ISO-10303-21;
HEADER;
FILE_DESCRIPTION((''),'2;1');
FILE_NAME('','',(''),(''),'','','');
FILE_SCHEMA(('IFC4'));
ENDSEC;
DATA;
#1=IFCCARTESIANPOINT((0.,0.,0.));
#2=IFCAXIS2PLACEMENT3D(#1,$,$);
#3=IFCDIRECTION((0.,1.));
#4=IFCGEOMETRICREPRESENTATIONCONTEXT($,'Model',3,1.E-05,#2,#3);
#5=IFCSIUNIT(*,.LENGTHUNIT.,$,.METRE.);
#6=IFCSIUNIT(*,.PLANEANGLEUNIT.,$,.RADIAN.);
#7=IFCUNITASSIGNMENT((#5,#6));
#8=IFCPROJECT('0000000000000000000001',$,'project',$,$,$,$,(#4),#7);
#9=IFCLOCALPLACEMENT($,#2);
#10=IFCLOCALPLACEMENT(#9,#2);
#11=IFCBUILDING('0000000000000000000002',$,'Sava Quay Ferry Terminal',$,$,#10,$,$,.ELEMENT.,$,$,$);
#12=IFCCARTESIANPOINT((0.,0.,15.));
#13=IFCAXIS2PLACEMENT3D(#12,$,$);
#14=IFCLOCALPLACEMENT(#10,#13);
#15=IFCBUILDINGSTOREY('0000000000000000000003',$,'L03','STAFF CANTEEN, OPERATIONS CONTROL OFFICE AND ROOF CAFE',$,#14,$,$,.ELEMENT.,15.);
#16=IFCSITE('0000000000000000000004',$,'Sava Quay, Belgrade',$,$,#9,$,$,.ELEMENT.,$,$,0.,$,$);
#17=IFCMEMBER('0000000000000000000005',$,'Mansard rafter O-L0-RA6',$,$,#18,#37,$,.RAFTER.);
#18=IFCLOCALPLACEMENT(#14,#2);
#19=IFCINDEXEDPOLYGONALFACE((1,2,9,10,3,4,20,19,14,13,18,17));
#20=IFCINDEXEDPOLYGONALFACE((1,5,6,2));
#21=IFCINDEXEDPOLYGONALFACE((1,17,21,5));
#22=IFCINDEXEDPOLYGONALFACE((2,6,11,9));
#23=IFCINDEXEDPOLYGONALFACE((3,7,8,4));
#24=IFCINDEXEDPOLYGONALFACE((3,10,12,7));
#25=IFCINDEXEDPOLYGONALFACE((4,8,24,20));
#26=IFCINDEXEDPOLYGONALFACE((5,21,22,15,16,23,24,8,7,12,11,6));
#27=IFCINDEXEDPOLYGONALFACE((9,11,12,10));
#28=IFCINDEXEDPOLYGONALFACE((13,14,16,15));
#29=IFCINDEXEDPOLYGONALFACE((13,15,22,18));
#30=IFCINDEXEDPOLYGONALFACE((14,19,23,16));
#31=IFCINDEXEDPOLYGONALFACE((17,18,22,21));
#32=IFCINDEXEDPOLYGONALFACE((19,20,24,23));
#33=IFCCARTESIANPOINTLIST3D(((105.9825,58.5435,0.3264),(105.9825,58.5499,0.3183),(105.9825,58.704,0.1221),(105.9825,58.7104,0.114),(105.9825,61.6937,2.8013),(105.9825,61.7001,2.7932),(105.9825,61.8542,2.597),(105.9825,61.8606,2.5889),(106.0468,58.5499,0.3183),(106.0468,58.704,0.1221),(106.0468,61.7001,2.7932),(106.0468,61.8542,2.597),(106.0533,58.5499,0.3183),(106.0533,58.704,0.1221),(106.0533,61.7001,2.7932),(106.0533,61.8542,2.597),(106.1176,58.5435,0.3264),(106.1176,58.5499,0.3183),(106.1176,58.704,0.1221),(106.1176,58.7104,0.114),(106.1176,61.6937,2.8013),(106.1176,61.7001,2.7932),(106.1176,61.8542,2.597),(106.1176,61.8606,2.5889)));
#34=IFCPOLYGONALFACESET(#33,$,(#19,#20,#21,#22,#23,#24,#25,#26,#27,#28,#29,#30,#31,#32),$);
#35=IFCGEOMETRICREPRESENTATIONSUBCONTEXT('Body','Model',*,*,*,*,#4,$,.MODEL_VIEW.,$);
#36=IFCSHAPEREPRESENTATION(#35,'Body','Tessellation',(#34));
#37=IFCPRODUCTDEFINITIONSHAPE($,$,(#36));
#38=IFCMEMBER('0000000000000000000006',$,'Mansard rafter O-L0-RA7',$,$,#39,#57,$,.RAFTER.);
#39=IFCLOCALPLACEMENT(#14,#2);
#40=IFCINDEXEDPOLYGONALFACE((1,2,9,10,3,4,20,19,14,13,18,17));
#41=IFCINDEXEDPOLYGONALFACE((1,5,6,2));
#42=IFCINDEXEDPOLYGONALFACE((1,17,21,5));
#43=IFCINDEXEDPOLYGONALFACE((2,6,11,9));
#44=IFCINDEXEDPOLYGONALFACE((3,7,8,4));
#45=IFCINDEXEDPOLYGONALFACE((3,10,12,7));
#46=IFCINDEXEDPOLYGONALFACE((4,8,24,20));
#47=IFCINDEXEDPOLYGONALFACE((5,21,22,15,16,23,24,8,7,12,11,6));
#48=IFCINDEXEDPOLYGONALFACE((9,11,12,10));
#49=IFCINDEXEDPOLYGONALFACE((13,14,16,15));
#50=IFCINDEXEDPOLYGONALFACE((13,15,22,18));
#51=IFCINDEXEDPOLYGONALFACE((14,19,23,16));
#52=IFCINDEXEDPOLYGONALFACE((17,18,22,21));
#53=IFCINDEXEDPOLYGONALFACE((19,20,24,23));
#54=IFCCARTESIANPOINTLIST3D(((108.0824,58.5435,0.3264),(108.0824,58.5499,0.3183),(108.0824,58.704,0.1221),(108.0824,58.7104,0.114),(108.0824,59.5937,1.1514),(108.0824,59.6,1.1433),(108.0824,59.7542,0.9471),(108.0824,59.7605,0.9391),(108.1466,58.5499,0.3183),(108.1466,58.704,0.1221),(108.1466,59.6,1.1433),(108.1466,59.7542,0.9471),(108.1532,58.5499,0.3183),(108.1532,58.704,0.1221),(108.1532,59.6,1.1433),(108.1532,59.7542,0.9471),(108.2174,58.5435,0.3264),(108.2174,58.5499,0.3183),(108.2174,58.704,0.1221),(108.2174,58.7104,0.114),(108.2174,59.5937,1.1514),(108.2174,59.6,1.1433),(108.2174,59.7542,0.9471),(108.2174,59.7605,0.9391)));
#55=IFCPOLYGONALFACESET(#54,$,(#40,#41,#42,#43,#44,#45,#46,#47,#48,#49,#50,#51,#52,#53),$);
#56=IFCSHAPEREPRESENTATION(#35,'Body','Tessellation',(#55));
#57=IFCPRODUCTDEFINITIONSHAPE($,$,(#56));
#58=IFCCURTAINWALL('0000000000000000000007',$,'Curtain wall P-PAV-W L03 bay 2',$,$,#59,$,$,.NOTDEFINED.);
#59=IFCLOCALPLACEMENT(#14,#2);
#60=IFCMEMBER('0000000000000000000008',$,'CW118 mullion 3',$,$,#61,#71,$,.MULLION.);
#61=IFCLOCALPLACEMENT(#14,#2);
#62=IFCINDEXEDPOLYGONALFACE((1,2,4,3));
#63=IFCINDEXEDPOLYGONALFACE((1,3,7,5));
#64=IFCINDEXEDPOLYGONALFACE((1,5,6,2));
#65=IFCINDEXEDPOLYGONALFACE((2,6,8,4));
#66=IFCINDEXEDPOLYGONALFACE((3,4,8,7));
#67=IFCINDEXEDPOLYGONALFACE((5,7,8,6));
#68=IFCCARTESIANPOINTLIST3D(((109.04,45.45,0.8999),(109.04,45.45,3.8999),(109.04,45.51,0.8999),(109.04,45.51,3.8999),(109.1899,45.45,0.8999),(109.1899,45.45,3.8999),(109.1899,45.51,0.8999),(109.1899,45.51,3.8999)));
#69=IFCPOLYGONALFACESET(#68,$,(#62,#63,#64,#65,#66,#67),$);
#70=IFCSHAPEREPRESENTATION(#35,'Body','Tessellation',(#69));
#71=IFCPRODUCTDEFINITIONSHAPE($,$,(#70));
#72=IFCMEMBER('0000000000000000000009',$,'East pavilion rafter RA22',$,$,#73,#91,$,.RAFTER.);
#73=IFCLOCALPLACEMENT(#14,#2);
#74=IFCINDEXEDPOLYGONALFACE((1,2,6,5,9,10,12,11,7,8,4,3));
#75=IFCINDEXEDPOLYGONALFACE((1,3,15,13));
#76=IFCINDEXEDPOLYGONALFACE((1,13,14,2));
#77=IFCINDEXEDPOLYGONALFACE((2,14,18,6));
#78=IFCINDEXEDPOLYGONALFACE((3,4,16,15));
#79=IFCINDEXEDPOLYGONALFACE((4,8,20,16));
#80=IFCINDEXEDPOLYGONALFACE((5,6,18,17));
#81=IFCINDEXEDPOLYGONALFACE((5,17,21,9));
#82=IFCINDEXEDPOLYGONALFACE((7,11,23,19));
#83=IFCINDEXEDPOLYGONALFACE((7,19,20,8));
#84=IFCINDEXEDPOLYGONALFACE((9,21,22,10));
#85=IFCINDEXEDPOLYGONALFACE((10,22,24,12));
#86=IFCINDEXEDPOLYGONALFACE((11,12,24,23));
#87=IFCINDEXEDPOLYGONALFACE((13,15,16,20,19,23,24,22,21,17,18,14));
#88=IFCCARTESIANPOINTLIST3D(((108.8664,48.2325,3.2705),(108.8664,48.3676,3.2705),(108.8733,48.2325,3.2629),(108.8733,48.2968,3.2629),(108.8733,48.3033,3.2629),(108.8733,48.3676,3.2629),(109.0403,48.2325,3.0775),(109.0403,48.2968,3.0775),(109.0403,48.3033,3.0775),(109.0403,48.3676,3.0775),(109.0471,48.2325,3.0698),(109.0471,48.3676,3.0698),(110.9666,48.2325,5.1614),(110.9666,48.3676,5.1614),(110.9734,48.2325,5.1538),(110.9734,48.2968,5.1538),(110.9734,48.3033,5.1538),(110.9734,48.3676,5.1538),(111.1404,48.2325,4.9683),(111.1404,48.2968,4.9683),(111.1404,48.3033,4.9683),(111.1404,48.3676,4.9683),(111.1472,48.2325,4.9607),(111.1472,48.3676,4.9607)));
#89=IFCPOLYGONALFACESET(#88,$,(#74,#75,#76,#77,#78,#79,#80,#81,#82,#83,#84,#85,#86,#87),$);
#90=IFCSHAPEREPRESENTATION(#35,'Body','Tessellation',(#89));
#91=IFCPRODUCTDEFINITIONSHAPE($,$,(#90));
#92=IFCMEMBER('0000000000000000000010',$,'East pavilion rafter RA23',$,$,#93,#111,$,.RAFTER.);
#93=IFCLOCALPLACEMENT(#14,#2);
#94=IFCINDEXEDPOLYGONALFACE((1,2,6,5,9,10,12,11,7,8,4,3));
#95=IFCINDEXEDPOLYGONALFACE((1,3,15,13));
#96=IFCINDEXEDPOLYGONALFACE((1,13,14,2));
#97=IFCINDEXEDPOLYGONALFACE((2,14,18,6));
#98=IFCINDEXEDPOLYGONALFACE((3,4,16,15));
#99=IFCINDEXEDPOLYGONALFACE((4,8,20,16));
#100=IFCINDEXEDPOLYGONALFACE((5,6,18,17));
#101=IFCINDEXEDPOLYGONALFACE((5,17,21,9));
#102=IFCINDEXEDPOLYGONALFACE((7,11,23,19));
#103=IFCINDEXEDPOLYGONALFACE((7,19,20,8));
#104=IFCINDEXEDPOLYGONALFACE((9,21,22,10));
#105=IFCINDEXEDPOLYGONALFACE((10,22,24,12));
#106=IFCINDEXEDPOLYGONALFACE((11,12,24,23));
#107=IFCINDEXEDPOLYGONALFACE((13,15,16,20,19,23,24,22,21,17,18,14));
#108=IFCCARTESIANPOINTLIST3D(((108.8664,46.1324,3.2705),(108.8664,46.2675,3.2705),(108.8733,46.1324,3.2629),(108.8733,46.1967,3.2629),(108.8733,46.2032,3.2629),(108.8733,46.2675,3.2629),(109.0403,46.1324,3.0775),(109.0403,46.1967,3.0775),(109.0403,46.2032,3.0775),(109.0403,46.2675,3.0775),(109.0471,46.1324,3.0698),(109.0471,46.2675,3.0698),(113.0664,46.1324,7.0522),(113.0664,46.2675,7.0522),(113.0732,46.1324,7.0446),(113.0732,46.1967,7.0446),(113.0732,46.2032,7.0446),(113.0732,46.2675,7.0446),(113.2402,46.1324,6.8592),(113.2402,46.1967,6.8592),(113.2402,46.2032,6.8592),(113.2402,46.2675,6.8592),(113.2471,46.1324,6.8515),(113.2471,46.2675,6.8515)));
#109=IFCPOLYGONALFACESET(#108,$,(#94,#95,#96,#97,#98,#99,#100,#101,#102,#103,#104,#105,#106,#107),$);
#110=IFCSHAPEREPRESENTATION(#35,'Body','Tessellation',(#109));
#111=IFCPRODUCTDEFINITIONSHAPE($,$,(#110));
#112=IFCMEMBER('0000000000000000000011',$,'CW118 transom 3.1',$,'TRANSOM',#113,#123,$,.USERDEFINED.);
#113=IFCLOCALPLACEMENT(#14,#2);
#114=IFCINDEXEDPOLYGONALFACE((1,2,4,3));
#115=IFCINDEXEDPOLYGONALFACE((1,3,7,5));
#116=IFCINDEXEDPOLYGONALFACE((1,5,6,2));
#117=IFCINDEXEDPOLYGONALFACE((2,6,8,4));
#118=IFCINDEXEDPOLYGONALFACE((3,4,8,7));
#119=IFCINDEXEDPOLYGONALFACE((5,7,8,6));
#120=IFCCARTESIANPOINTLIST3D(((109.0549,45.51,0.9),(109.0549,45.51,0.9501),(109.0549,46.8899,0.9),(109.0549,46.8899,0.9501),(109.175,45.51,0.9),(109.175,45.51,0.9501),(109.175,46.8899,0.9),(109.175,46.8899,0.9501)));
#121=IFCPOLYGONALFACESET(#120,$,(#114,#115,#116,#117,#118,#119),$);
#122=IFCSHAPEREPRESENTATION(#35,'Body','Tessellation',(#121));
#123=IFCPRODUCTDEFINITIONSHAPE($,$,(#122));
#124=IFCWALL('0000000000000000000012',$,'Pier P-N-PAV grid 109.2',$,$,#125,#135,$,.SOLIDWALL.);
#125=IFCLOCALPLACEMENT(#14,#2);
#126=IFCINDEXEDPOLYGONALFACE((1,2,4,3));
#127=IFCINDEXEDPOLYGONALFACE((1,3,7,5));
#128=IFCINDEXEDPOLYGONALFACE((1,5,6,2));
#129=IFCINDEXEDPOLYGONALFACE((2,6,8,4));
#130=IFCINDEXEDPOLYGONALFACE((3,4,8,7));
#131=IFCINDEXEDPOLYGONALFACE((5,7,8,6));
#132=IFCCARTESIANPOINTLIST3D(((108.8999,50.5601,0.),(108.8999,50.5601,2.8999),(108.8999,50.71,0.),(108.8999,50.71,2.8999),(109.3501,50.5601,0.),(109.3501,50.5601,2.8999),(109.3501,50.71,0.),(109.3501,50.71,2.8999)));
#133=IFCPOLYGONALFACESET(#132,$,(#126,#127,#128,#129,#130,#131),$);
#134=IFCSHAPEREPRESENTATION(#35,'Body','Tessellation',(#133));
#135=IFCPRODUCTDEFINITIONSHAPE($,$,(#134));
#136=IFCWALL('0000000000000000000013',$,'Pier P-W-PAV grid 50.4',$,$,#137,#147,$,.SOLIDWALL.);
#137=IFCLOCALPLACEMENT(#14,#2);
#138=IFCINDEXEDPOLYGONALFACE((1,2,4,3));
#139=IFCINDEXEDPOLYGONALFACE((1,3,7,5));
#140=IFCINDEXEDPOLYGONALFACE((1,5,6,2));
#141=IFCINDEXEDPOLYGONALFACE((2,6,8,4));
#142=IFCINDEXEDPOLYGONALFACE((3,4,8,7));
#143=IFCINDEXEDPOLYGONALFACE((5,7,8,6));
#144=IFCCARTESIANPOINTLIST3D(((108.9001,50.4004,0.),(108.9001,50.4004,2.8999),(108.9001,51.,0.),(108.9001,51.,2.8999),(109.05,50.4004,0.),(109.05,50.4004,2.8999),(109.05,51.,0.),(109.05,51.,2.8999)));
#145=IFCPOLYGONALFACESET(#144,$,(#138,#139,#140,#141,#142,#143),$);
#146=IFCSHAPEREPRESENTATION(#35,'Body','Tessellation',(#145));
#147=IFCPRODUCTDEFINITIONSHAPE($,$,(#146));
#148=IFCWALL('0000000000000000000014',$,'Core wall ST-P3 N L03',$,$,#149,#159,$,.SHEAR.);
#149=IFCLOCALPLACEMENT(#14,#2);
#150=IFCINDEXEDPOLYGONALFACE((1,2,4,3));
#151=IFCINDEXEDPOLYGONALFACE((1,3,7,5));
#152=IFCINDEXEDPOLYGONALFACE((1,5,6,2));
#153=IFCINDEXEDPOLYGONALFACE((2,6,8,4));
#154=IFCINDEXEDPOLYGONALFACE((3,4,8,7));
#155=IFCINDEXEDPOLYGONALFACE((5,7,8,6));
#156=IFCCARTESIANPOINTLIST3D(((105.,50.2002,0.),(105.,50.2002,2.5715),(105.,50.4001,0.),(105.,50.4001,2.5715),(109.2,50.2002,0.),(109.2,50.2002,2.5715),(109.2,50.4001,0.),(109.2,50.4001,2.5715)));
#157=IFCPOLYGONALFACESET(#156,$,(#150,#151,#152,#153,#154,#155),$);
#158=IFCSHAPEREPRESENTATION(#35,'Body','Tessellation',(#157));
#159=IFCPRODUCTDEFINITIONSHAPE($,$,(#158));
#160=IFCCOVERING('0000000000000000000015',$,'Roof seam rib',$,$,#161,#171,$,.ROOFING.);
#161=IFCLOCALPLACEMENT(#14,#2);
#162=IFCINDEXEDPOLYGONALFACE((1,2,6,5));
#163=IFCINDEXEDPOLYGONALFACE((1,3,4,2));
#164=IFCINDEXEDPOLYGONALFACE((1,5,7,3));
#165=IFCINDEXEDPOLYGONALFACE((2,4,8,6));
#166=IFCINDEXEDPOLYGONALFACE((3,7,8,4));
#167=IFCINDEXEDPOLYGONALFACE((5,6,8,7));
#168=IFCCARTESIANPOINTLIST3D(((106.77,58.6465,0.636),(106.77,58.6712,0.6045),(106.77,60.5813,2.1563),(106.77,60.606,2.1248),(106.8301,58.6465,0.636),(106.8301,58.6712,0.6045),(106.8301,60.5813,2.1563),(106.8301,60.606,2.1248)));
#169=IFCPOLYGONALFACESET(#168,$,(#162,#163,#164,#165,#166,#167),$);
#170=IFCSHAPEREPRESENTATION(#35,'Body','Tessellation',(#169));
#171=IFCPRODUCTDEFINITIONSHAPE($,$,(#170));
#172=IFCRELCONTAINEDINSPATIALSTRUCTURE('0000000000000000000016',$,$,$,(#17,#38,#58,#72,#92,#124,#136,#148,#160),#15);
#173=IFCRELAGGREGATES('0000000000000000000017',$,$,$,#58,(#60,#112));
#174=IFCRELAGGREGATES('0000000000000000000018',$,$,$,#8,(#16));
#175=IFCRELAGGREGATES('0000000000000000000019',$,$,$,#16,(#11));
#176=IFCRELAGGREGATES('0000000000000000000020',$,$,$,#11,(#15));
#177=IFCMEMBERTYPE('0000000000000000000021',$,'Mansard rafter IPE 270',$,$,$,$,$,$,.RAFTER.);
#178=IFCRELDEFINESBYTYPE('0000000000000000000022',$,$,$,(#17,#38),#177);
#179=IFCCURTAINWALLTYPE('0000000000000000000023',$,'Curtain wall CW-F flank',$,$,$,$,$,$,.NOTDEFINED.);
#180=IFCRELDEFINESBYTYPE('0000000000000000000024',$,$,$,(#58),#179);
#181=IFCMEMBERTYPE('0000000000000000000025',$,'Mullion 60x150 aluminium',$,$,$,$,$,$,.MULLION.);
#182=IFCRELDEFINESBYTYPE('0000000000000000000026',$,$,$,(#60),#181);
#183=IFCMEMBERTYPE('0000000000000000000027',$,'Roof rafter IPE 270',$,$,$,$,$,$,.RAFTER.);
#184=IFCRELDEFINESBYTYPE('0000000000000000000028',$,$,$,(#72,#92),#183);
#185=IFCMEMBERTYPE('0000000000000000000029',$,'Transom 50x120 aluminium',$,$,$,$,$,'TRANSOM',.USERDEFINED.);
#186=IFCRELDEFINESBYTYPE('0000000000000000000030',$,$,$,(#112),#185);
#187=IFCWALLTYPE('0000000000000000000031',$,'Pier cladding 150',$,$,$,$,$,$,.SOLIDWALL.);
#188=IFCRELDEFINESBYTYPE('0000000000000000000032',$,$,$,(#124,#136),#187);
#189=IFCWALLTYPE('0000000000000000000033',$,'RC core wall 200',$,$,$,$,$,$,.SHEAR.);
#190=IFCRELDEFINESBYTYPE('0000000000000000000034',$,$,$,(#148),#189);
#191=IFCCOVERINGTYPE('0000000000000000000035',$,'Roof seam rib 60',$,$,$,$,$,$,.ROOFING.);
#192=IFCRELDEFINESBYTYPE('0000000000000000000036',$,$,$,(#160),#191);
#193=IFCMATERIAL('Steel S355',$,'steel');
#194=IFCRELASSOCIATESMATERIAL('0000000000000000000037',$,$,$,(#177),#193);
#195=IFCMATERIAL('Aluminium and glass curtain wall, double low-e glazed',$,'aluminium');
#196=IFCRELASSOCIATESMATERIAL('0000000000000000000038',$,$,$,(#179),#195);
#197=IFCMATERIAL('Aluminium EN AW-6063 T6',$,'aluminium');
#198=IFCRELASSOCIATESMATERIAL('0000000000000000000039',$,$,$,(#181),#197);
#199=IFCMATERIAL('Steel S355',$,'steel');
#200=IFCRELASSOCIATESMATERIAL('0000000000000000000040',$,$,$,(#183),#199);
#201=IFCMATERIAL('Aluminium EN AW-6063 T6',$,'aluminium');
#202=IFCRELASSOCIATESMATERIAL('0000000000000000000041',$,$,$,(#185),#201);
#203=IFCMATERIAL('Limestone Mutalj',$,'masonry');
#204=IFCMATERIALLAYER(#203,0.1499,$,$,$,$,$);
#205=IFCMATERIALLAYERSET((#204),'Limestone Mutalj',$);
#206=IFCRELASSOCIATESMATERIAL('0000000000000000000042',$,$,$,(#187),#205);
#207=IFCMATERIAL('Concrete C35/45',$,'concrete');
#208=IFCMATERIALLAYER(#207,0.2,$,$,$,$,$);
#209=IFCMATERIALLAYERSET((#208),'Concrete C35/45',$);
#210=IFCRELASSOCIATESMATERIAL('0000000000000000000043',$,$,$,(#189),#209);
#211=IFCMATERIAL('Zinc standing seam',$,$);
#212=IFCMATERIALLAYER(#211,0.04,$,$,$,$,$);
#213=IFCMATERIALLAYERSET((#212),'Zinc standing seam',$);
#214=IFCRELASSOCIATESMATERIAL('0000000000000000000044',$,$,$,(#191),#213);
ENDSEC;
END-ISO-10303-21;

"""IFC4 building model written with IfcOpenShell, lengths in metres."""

from ifc_helpers import new_model, si_unit, direction, frame, frame_2d, origin, origin_2d, place, context, subcontext, project, spatial, polyline, rectangle, i_section, outline, extrude, material, layer, layer_set, material_profile, profile_set, type_object, element, aggregate, save


model = new_model("IFC4")

# Units and contexts
model_context = context("Model", 3, precision=1e-05, world=origin(), true_north=direction((0.0, 1.0)))
body_context = subcontext(model_context, "Body", "Model", "MODEL_VIEW")
ifc_project = project(units=[si_unit("LENGTHUNIT", "METRE"), si_unit("PLANEANGLEUNIT", "RADIAN")], contexts=[model_context])

# Site, building, storey
site_placement = place(None, origin())
site = spatial("IfcSite", under=ifc_project, at=site_placement, Name="Sava Quay, Belgrade", CompositionType="ELEMENT", RefElevation=0.0)
building_placement = place(site_placement, origin())
building = spatial("IfcBuilding", under=site, at=building_placement, Name="Sava Quay Ferry Terminal", CompositionType="ELEMENT")
storey_placement = place(building_placement, frame((0.0, 0.0, 15.0)))
storey = spatial("IfcBuildingStorey", under=building, at=storey_placement, Name="L03", Description="STAFF CANTEEN, OPERATIONS CONTROL OFFICE AND ROOF CAFE", CompositionType="ELEMENT", Elevation=15.0)

# Members
ifc_material_1 = material(Name="Steel S355", Category="steel")
ifc_material_profile_1 = material_profile(ifc_material_1, i_section(OverallWidth=0.135, OverallDepth=0.27, WebThickness=0.0066, FlangeThickness=0.0103, at=origin_2d()), Name="IPE 270")
ifc_profile_set_1 = profile_set([ifc_material_profile_1], Name="Steel S355")
member_type_1 = type_object("IfcMemberType", Name="Mansard rafter IPE 270", PredefinedType="RAFTER", material=ifc_profile_set_1)
member_1_placement = place(storey_placement, frame((106.05, 58.627, 0.2202), z_axis=(0.0, 0.78635, 0.617781), x_axis=(-1.0, 0.0, 0.0)))
element("IfcMember", 1, at=member_1_placement, inside=storey, type_object=member_type_1, Name="Mansard rafter O-L0-RA6", PredefinedType="RAFTER", context=body_context, shape_type="SweptSolid", body=[
    extrude(i_section(OverallWidth=0.135, OverallDepth=0.27, WebThickness=0.0066, FlangeThickness=0.0103, at=origin_2d()), origin(), (0.0, 0.0, 1.0), 4.0061),
])
member_2_placement = place(storey_placement, frame((108.1499, 58.627, 0.2202), z_axis=(0.0, 0.78635, 0.617781), x_axis=(-1.0, 0.0, 0.0)))
element("IfcMember", 2, at=member_2_placement, inside=storey, type_object=member_type_1, Name="Mansard rafter O-L0-RA7", PredefinedType="RAFTER", context=body_context, shape_type="SweptSolid", body=[
    extrude(i_section(OverallWidth=0.135, OverallDepth=0.27, WebThickness=0.0066, FlangeThickness=0.0103, at=origin_2d()), origin(), (0.0, 0.0, 1.0), 1.3354),
])

# Curtain wall, member
ifc_material_2 = material(Name="Aluminium and glass curtain wall, double low-e glazed", Category="aluminium")
curtain_wall_type = type_object("IfcCurtainWallType", Name="Curtain wall CW-F flank", PredefinedType="NOTDEFINED", material=ifc_material_2)
curtain_wall_placement = place(storey_placement, origin())
curtain_wall = element("IfcCurtainWall", 3, at=curtain_wall_placement, inside=storey, type_object=curtain_wall_type, Name="Curtain wall P-PAV-W L03 bay 2", PredefinedType="NOTDEFINED")
ifc_material_3 = material(Name="Aluminium EN AW-6063 T6", Category="aluminium")
ifc_material_profile_2 = material_profile(ifc_material_3, rectangle(XDim=0.1499, YDim=0.0601, at=origin_2d()), Name="Mullion 60x150 aluminium")
ifc_profile_set_2 = profile_set([ifc_material_profile_2], Name="Aluminium EN AW-6063 T6")
member_type_2 = type_object("IfcMemberType", Name="Mullion 60x150 aluminium", PredefinedType="MULLION", material=ifc_profile_set_2)
member_3_placement = place(storey_placement, frame((109.115, 45.48, 0.8999), z_axis=(0.0, 0.0, 1.0), x_axis=(-1.0, 0.0, 0.0)))
member_3 = element("IfcMember", 4, at=member_3_placement, type_object=member_type_2, Name="CW118 mullion 3", PredefinedType="MULLION", context=body_context, shape_type="SweptSolid", body=[
    extrude(rectangle(XDim=0.1499, YDim=0.0601, at=origin_2d()), origin(), (0.0, 0.0, 1.0), 3.0),
])

# Members
ifc_material_4 = material(Name="Steel S355", Category="steel")
ifc_material_profile_3 = material_profile(ifc_material_4, i_section(OverallWidth=0.135, OverallDepth=0.27, WebThickness=0.0066, FlangeThickness=0.0103, at=origin_2d()), Name="IPE 270")
ifc_profile_set_3 = profile_set([ifc_material_profile_3], Name="Steel S355")
member_type_3 = type_object("IfcMemberType", Name="Roof rafter IPE 270", PredefinedType="RAFTER", material=ifc_profile_set_3)
member_4_placement = place(storey_placement, frame((108.9568, 48.3, 3.1702), z_axis=(0.743157, 0.0, 0.669117), x_axis=(0.0, 1.0, 0.0)))
element("IfcMember", 5, at=member_4_placement, inside=storey, type_object=member_type_3, Name="East pavilion rafter RA22", PredefinedType="RAFTER", context=body_context, shape_type="SweptSolid", body=[
    extrude(i_section(OverallWidth=0.135, OverallDepth=0.27, WebThickness=0.0066, FlangeThickness=0.0103, at=origin_2d()), origin(), (0.0, 0.0, 1.0), 2.8259),
])
member_5_placement = place(storey_placement, frame((108.9568, 46.2, 3.1702), z_axis=(0.743137, 0.0, 0.669139), x_axis=(0.0, 1.0, 0.0)))
element("IfcMember", 6, at=member_5_placement, inside=storey, type_object=member_type_3, Name="East pavilion rafter RA23", PredefinedType="RAFTER", context=body_context, shape_type="SweptSolid", body=[
    extrude(i_section(OverallWidth=0.135, OverallDepth=0.27, WebThickness=0.0066, FlangeThickness=0.0103, at=origin_2d()), origin(), (0.0, 0.0, 1.0), 5.6516),
])

# Member
ifc_material_5 = material(Name="Aluminium EN AW-6063 T6", Category="aluminium")
ifc_material_profile_4 = material_profile(ifc_material_5, rectangle(XDim=0.1201, YDim=0.05, at=origin_2d()), Name="Transom 50x120 aluminium")
ifc_profile_set_4 = profile_set([ifc_material_profile_4], Name="Aluminium EN AW-6063 T6")
member_type_4 = type_object("IfcMemberType", Name="Transom 50x120 aluminium", ElementType="TRANSOM", PredefinedType="USERDEFINED", material=ifc_profile_set_4)
member_6_placement = place(storey_placement, frame((109.115, 45.51, 0.925), z_axis=(0.0, 1.0, 0.0), x_axis=(-1.0, 0.0, 0.0)))
member_6 = element("IfcMember", 7, at=member_6_placement, type_object=member_type_4, Name="CW118 transom 3.1", ObjectType="TRANSOM", PredefinedType="USERDEFINED", context=body_context, shape_type="SweptSolid", body=[
    extrude(rectangle(XDim=0.1201, YDim=0.05, at=origin_2d()), origin(), (0.0, 0.0, 1.0), 1.3799),
])
aggregate(curtain_wall, [member_3, member_6])

# Walls
ifc_material_6 = material(Name="Limestone Mutalj", Category="masonry")
ifc_layer_1 = layer(ifc_material_6, 0.1499)
ifc_layer_set_1 = layer_set([ifc_layer_1], Name="Limestone Mutalj")
wall_type_1 = type_object("IfcWallType", Name="Pier cladding 150", PredefinedType="SOLIDWALL", material=ifc_layer_set_1)
wall_1_placement = place(storey_placement, frame((108.8999, 50.635, 0.0), z_axis=(0.0, 0.0, 1.0), x_axis=(1.0, 0.0, 0.0)))
element("IfcWall", 8, at=wall_1_placement, inside=storey, type_object=wall_type_1, Name="Pier P-N-PAV grid 109.2", PredefinedType="SOLIDWALL", context=body_context, shape_type="SweptSolid", body=[
    extrude(rectangle(XDim=0.4502, YDim=0.1499, at=frame_2d((0.2251, 0.0))), origin(), (0.0, 0.0, 1.0), 2.8999),
])
wall_2_placement = place(storey_placement, frame((108.9751, 50.4004, 0.0), z_axis=(0.0, 0.0, 1.0), x_axis=(0.0, 1.0, 0.0)))
element("IfcWall", 9, at=wall_2_placement, inside=storey, type_object=wall_type_1, Name="Pier P-W-PAV grid 50.4", PredefinedType="SOLIDWALL", context=body_context, shape_type="SweptSolid", body=[
    extrude(rectangle(XDim=0.5996, YDim=0.1499, at=frame_2d((0.2998, 0.0))), origin(), (0.0, 0.0, 1.0), 2.8999),
])
ifc_material_7 = material(Name="Concrete C35/45", Category="concrete")
ifc_layer_2 = layer(ifc_material_7, 0.2)
ifc_layer_set_2 = layer_set([ifc_layer_2], Name="Concrete C35/45")
wall_type_2 = type_object("IfcWallType", Name="RC core wall 200", PredefinedType="SHEAR", material=ifc_layer_set_2)
wall_3_placement = place(storey_placement, frame((105.0, 50.3, 0.0), z_axis=(0.0, 0.0, 1.0), x_axis=(1.0, 0.0, 0.0)))
element("IfcWall", 10, at=wall_3_placement, inside=storey, type_object=wall_type_2, Name="Core wall ST-P3 N L03", PredefinedType="SHEAR", context=body_context, shape_type="SweptSolid", body=[
    extrude(outline(polyline([(0.0, 0.0), (4.2, 0.0), (4.2, 2.5715), (0.0, 2.5715), (0.0, 0.0)])), frame((0.0, 0.1001, 0.0), z_axis=(0.0, -1.0, 0.0), x_axis=(1.0, 0.0, 0.0)), (0.0, 0.0, 1.0), 0.2),
])

# Covering
ifc_material_8 = material(Name="Zinc standing seam")
ifc_layer_3 = layer(ifc_material_8, 0.04)
ifc_layer_set_3 = layer_set([ifc_layer_3], Name="Zinc standing seam")
covering_type = type_object("IfcCoveringType", Name="Roof seam rib 60", PredefinedType="ROOFING", material=ifc_layer_set_3)
covering_1_placement = place(storey_placement, frame((106.77, 58.6465, 0.636), z_axis=(0.0, -0.617835, 0.786308), x_axis=(0.0, 0.786308, 0.617835)))
element("IfcCovering", 11, at=covering_1_placement, inside=storey, type_object=covering_type, Name="Roof seam rib", PredefinedType="ROOFING", context=body_context, shape_type="SweptSolid", body=[
    extrude(outline(polyline([(0.0, 0.0), (2.4606, 0.0), (2.4606, -0.0601), (0.0, -0.0601), (0.0, 0.0)])), origin(), (0.0, 0.0, -1.0), 0.04),
])

save(model, "model.ifc")
